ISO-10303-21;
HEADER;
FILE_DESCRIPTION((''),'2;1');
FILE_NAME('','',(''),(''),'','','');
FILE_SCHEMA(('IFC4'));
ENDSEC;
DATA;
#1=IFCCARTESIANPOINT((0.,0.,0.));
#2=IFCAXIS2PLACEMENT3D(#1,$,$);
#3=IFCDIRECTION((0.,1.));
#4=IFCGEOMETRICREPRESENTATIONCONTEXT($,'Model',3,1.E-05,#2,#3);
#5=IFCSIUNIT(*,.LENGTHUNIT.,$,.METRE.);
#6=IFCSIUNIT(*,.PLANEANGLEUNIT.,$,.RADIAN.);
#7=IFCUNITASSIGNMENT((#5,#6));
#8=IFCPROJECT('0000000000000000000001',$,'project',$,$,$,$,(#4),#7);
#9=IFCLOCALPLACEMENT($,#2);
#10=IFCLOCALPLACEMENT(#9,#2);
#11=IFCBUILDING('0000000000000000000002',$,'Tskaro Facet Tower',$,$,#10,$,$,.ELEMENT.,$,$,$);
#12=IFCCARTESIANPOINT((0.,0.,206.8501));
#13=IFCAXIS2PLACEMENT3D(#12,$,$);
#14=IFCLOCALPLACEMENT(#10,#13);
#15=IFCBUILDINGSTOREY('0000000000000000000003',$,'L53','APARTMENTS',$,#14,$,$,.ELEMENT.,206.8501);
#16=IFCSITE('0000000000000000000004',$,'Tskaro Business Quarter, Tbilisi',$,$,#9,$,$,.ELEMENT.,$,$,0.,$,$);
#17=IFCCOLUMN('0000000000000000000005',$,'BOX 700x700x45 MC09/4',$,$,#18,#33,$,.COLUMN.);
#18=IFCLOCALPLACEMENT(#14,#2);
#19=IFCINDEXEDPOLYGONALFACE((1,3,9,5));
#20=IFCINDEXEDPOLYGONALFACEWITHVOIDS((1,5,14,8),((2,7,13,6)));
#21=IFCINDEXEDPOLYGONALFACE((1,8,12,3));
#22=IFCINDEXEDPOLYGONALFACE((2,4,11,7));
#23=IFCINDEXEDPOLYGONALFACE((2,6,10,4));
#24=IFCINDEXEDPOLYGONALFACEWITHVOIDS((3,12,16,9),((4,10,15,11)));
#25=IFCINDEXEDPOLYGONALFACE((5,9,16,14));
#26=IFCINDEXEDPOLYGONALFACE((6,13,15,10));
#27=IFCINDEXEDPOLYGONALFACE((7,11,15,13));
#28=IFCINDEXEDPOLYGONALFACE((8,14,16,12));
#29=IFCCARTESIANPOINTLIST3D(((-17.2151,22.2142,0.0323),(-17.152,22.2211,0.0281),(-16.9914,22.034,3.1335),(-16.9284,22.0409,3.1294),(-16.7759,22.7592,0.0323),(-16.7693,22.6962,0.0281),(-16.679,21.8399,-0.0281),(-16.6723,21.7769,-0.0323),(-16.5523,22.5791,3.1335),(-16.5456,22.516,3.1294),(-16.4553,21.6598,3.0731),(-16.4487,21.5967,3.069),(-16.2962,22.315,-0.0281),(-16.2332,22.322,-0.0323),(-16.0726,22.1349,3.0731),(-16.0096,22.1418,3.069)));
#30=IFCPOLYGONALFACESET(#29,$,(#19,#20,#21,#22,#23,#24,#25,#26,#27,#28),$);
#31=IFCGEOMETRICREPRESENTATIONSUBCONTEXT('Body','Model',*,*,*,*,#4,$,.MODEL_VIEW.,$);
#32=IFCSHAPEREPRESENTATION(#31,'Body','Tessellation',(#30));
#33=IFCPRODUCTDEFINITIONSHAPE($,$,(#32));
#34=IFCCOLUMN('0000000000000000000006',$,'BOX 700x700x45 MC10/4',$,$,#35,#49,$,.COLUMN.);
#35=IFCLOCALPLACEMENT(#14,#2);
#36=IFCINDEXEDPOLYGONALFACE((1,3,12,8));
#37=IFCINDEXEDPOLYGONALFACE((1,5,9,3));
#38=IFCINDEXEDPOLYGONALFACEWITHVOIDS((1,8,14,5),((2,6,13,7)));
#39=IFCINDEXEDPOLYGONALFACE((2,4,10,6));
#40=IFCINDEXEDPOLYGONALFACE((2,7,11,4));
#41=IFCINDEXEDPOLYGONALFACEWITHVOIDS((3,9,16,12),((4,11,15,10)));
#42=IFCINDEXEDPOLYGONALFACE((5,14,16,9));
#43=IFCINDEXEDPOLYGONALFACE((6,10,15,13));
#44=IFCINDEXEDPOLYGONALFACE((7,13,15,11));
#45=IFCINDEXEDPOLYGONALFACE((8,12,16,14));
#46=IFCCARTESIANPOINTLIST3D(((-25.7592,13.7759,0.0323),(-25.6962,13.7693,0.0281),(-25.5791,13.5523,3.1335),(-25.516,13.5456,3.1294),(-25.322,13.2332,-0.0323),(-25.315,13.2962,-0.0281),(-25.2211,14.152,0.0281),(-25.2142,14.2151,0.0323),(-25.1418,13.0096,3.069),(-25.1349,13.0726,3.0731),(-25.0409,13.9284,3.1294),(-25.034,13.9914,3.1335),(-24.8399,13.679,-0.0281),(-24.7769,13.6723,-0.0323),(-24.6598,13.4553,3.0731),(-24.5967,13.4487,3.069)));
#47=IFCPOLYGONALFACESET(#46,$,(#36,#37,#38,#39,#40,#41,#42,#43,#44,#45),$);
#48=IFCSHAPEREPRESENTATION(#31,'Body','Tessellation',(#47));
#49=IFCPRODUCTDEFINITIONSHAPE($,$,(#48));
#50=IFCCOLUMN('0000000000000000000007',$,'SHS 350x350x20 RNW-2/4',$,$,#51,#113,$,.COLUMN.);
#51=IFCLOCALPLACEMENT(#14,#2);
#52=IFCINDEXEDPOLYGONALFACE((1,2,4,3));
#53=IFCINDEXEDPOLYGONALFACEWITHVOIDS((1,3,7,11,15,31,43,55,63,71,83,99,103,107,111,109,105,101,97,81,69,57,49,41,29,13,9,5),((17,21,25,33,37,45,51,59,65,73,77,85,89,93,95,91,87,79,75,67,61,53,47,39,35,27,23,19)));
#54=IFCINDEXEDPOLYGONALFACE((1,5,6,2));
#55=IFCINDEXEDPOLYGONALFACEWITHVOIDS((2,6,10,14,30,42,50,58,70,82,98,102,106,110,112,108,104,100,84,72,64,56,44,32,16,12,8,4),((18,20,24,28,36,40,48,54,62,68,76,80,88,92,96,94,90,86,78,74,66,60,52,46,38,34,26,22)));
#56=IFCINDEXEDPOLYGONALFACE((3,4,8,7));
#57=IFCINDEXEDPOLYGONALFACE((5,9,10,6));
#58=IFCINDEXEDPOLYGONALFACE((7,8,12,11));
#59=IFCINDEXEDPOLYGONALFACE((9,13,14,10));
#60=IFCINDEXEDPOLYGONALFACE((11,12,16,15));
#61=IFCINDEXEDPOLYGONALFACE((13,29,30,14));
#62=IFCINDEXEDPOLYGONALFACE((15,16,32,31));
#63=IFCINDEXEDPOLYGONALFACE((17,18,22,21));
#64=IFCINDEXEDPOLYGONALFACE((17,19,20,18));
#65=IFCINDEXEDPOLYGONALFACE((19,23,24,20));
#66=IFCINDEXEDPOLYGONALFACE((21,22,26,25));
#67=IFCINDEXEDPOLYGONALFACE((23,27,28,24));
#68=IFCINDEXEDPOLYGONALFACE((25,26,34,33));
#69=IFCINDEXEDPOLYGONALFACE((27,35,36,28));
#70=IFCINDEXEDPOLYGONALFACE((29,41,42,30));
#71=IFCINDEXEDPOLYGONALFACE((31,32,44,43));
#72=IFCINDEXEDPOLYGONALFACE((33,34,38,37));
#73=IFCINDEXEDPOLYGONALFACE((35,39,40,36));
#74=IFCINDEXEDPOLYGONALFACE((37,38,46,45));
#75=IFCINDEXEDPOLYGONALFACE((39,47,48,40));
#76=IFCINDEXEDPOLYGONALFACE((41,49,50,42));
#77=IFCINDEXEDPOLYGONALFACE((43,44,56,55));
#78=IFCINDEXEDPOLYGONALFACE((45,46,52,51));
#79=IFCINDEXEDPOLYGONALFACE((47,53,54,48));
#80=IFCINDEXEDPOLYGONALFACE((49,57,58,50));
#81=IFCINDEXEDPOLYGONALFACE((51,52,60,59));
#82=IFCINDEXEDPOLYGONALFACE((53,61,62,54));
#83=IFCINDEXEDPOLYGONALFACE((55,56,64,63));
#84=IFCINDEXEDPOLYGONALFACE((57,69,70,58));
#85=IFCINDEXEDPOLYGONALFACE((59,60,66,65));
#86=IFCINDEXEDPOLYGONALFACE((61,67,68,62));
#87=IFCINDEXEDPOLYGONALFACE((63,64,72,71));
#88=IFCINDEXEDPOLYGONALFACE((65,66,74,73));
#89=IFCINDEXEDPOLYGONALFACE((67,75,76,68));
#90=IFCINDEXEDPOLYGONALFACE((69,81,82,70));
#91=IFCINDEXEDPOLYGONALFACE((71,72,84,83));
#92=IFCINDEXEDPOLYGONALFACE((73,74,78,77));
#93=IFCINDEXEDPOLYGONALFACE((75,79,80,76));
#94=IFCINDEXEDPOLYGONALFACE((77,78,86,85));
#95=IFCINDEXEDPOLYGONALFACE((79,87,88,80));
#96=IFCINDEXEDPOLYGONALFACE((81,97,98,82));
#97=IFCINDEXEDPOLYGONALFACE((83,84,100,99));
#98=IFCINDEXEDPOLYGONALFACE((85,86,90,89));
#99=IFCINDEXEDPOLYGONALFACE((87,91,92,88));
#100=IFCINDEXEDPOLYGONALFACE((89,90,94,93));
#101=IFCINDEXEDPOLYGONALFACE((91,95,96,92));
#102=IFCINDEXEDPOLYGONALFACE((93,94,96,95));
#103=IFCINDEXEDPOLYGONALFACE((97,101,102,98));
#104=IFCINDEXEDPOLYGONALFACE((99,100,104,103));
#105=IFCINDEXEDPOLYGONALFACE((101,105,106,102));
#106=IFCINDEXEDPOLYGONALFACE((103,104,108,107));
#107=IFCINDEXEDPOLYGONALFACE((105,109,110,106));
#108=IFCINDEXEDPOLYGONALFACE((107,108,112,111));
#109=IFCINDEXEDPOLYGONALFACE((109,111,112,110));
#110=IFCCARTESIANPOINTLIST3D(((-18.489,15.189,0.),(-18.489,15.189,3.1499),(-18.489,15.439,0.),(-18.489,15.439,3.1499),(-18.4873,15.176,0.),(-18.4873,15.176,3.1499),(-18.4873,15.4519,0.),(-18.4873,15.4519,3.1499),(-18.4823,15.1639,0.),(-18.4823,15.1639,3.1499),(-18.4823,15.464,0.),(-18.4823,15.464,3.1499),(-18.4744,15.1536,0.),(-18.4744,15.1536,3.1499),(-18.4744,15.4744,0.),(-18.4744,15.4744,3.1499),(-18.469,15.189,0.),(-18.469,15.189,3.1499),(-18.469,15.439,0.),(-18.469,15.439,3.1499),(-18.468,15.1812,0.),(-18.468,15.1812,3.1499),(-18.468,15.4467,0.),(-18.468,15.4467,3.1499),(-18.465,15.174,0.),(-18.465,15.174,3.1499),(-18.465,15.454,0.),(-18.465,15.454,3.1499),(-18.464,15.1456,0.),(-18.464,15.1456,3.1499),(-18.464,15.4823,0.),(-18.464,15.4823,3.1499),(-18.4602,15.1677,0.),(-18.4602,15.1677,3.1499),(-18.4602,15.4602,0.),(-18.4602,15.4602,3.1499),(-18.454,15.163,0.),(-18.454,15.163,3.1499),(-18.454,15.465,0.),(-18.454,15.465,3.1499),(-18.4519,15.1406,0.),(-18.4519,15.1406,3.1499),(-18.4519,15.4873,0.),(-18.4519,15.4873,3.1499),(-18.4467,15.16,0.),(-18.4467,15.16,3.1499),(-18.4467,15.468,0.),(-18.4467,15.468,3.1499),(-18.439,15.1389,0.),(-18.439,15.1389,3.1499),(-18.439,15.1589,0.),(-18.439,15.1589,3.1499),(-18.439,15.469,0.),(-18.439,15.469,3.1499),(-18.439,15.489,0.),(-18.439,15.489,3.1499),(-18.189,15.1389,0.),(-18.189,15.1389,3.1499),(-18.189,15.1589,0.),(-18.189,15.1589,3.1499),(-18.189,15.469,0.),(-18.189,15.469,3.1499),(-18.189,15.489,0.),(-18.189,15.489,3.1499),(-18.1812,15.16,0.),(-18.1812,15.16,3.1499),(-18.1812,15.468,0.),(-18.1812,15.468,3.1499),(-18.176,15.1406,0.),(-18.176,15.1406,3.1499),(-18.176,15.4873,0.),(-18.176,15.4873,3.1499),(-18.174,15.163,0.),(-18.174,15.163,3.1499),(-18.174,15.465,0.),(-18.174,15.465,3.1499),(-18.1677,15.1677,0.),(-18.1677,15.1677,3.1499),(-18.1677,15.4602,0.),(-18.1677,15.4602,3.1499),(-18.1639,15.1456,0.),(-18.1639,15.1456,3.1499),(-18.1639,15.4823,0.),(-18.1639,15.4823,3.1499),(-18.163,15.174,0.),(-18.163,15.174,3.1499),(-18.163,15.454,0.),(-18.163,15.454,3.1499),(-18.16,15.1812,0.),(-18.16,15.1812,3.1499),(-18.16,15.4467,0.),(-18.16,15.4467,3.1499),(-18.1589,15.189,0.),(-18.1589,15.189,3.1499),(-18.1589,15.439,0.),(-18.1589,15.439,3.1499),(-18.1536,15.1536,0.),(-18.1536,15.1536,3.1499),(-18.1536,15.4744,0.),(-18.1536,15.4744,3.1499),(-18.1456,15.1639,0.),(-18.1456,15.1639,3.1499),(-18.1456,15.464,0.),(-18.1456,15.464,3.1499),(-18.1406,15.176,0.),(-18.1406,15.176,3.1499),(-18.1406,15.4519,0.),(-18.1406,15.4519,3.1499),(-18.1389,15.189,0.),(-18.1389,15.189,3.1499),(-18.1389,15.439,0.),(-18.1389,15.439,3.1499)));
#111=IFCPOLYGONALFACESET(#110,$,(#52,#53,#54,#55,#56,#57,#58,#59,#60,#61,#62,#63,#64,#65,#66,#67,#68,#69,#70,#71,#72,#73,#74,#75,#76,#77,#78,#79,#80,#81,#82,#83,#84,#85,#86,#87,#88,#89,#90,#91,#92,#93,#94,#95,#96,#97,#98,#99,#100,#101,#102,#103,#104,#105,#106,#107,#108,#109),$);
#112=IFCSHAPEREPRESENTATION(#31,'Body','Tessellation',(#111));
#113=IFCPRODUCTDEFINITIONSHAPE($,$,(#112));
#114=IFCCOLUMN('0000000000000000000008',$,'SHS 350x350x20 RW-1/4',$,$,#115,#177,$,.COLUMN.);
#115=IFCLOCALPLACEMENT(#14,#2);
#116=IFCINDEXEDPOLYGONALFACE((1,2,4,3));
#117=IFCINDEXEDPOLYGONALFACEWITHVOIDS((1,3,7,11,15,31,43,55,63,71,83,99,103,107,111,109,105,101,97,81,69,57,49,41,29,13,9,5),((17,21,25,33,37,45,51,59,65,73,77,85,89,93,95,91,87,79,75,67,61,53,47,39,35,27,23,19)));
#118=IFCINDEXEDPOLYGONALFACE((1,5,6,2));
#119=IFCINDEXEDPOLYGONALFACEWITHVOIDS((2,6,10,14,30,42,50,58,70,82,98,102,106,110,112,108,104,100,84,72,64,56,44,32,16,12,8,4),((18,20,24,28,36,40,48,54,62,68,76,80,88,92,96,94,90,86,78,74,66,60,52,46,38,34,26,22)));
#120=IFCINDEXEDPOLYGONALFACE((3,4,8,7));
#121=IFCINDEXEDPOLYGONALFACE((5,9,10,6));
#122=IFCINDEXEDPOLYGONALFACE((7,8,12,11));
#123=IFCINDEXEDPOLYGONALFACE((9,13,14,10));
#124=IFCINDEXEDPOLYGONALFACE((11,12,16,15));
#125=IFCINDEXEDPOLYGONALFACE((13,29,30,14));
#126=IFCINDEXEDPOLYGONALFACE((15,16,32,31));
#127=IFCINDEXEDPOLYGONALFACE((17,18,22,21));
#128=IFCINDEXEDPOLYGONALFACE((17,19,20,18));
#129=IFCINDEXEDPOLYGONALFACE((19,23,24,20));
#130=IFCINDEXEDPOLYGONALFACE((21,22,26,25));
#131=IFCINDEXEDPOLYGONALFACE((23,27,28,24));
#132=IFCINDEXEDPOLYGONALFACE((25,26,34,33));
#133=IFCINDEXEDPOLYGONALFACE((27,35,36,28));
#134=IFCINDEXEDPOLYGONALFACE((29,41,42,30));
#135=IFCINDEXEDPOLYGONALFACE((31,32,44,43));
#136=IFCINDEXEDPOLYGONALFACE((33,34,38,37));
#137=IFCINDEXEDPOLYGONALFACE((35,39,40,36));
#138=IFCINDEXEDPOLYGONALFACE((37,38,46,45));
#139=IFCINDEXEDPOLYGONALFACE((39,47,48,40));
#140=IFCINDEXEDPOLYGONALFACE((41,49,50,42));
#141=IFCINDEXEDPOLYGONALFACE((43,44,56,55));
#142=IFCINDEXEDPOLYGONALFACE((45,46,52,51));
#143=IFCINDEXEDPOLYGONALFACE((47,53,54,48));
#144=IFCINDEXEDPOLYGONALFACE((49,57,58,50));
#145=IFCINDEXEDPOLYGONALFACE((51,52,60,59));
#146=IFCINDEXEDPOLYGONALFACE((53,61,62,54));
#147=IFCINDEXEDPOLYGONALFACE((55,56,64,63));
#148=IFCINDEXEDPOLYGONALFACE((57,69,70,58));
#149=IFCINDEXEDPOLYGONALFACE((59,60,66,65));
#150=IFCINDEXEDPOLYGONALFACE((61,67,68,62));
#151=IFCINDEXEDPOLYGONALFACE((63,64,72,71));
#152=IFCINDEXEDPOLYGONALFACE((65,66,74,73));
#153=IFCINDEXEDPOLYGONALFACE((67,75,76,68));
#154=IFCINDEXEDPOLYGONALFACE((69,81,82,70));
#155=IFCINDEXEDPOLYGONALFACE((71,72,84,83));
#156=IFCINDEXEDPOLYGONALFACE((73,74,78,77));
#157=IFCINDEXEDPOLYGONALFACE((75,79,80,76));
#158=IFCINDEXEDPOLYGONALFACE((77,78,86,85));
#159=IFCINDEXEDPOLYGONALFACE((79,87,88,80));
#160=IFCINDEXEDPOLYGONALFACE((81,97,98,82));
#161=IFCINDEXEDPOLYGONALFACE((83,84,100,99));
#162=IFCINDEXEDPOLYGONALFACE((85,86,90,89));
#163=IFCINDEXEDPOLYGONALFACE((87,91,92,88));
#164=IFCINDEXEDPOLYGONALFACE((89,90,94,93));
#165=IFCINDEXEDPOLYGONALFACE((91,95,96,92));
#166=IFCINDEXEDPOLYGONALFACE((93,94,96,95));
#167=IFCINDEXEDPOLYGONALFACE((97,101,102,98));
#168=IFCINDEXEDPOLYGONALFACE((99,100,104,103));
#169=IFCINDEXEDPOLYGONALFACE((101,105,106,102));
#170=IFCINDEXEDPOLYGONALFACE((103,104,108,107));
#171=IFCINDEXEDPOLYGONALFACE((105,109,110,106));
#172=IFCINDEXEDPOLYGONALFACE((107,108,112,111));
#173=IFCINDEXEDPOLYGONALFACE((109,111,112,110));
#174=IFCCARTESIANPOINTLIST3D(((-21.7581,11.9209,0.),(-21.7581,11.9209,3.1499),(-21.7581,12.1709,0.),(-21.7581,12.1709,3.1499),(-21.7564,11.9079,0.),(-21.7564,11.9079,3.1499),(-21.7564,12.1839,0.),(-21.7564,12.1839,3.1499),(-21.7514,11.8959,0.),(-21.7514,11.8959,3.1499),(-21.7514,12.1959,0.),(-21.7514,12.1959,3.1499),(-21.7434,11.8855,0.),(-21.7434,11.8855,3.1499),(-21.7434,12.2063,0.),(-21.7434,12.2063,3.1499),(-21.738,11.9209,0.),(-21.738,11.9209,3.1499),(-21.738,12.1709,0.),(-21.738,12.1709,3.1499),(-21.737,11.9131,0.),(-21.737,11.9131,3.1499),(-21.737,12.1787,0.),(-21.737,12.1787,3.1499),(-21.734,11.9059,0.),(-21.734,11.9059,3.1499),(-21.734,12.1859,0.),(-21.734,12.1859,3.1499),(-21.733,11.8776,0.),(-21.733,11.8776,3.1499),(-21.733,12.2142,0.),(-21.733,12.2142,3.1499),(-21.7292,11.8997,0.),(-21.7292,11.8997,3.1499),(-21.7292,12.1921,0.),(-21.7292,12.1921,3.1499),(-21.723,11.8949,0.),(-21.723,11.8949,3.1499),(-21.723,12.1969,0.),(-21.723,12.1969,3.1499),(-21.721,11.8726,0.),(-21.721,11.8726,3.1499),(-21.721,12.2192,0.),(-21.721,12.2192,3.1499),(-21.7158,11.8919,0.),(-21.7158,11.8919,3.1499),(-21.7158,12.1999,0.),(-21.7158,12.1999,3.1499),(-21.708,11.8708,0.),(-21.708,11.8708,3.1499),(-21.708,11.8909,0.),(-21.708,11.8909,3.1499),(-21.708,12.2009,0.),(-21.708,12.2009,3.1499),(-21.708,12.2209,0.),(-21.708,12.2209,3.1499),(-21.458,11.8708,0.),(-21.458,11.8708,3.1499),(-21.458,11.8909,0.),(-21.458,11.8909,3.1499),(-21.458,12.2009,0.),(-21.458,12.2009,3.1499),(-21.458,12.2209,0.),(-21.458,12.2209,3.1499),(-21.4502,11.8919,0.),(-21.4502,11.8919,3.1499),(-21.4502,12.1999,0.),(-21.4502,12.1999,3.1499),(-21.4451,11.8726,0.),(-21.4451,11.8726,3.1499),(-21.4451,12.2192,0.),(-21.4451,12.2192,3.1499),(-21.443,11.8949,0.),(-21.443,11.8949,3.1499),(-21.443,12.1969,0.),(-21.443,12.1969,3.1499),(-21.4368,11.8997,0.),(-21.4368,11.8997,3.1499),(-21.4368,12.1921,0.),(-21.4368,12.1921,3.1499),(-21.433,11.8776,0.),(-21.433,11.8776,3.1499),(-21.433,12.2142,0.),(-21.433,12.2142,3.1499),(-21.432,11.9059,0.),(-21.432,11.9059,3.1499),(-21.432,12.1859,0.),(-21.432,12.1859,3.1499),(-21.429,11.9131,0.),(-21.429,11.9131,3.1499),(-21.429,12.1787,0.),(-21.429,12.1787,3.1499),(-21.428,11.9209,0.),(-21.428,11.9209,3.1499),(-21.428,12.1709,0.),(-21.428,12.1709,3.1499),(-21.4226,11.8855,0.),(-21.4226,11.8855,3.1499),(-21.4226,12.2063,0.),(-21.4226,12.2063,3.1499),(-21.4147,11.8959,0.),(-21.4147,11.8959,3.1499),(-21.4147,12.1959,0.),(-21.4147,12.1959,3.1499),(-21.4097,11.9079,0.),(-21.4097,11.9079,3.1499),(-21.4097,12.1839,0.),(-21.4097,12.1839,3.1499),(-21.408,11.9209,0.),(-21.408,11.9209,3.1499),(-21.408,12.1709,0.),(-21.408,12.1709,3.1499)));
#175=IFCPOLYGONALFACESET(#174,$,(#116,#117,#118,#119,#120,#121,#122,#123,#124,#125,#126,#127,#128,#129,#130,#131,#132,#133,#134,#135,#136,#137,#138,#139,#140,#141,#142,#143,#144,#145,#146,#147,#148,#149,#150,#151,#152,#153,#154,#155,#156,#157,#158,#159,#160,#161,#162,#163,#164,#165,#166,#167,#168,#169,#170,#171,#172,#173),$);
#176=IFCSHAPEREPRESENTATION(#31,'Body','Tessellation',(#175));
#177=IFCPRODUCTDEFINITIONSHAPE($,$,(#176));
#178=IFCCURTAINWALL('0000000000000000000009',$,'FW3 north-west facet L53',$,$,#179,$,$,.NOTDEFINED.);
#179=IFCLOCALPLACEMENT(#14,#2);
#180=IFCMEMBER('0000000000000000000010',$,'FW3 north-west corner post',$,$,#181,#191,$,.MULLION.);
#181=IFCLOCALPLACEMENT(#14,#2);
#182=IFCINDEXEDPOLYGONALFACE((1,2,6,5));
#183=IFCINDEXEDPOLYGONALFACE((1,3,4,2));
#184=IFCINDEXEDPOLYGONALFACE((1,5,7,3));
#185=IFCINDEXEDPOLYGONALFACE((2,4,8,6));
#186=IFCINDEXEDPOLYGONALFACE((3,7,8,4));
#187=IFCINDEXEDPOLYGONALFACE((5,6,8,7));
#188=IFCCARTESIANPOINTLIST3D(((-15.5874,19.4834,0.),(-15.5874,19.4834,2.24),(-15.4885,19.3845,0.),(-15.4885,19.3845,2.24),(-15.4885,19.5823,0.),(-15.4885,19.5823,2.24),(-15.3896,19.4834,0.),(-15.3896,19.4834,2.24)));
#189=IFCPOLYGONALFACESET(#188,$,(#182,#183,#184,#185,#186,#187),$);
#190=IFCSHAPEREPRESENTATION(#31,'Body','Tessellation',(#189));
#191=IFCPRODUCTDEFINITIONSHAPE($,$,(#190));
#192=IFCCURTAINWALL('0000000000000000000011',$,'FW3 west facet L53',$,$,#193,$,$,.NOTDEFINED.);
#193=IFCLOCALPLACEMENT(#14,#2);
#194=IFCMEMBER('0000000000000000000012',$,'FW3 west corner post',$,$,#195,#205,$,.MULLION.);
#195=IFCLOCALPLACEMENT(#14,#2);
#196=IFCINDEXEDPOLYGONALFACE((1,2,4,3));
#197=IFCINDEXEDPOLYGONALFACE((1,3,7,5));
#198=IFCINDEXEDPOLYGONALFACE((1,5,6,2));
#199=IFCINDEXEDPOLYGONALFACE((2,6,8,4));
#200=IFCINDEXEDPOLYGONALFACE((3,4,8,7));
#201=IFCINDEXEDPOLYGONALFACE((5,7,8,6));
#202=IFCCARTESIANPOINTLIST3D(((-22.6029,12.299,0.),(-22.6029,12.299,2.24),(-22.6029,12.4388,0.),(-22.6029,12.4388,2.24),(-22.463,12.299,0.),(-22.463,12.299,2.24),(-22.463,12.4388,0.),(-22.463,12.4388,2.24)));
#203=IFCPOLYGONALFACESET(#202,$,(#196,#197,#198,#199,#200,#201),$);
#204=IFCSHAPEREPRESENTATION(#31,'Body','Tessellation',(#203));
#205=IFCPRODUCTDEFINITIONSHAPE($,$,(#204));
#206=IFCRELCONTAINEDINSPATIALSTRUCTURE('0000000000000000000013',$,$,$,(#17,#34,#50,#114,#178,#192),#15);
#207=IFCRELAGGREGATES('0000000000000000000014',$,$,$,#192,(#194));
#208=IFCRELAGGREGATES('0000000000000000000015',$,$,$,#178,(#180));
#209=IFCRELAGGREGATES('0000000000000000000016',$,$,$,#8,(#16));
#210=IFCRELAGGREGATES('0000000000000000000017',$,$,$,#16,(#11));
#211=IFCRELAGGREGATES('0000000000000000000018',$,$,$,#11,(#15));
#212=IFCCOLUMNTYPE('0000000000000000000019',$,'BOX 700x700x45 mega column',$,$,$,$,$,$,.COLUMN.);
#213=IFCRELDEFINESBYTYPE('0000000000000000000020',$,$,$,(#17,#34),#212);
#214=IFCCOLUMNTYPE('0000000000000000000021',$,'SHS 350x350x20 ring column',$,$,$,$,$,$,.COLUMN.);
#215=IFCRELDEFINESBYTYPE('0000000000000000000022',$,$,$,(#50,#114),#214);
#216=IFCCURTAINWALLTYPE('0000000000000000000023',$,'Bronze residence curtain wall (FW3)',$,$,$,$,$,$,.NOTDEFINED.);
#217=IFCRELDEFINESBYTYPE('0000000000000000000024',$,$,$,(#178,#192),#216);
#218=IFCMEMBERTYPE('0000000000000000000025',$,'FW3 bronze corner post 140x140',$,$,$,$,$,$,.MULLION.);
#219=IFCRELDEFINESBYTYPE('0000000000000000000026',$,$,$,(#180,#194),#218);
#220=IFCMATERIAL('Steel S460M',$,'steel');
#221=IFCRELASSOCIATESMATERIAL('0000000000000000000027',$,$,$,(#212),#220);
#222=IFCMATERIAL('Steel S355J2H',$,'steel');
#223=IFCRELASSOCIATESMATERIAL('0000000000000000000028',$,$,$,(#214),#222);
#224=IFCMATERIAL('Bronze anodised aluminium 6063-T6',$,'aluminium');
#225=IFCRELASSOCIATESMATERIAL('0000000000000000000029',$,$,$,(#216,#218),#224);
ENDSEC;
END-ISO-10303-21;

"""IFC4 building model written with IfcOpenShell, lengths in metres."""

from ifc_helpers import new_model, si_unit, direction, frame, origin, origin_2d, place, context, subcontext, project, spatial, rectangle, hollow_rectangle, extrude, material, material_profile, profile_set, type_object, element, aggregate, save


model = new_model("IFC4")

# Units and contexts
model_context = context("Model", 3, precision=1e-05, world=origin(), true_north=direction((0.0, 1.0)))
body_context = subcontext(model_context, "Body", "Model", "MODEL_VIEW")
ifc_project = project(units=[si_unit("LENGTHUNIT", "METRE"), si_unit("PLANEANGLEUNIT", "RADIAN")], contexts=[model_context])

# Site, building, storey
site_placement = place(None, origin())
site = spatial("IfcSite", under=ifc_project, at=site_placement, Name="Tskaro Business Quarter, Tbilisi", CompositionType="ELEMENT", RefElevation=0.0)
building_placement = place(site_placement, origin())
building = spatial("IfcBuilding", under=site, at=building_placement, Name="Tskaro Facet Tower", CompositionType="ELEMENT")
storey_placement = place(building_placement, frame((0.0, 0.0, 206.8501)))
storey = spatial("IfcBuildingStorey", under=building, at=storey_placement, Name="L53", Description="APARTMENTS", CompositionType="ELEMENT", Elevation=206.8501)

# Columns
ifc_material_1 = material(Name="Steel S460M", Category="steel")
ifc_material_profile_1 = material_profile(ifc_material_1, hollow_rectangle(XDim=0.7, YDim=0.7, WallThickness=0.0449, at=origin_2d()), Name="BOX 700x700x45")
ifc_profile_set_1 = profile_set([ifc_material_profile_1], Name="Steel S460M")
column_type_1 = type_object("IfcColumnType", Name="BOX 700x700x45 mega column", PredefinedType="COLUMN", material=ifc_profile_set_1)
for number, where, z_axis, x_axis, name in (
    (1, (-16.7241, 22.2681, 0.0), (0.071802, -0.057849, 0.99574), (0.627387, 0.778708, 0.0), "BOX 700x700x45 MC09/4"),
    (2, (-25.2681, 13.7241, 0.0), (0.057849, -0.071802, 0.99574), (0.778708, 0.627387, 0.0), "BOX 700x700x45 MC10/4"),
):
    element("IfcColumn", number, at=place(storey_placement, frame(where, z_axis=z_axis, x_axis=x_axis)), inside=storey, type_object=column_type_1, Name=name, PredefinedType="COLUMN", context=body_context, shape_type="SweptSolid", body=[
        extrude(hollow_rectangle(XDim=0.7, YDim=0.7, WallThickness=0.0449, at=origin_2d()), origin(), (0.0, 0.0, 1.0), 3.1145),
    ])
ifc_material_2 = material(Name="Steel S355J2H", Category="steel")
ifc_material_profile_2 = material_profile(ifc_material_2, hollow_rectangle(XDim=0.3501, YDim=0.3501, WallThickness=0.02, InnerFilletRadius=0.03, OuterFilletRadius=0.05, at=origin_2d()), Name="SHS 350x350x20")
ifc_profile_set_2 = profile_set([ifc_material_profile_2], Name="Steel S355J2H")
column_type_2 = type_object("IfcColumnType", Name="SHS 350x350x20 ring column", PredefinedType="COLUMN", material=ifc_profile_set_2)
for number, where, z_axis, x_axis, name in (
    (3, (-18.314, 15.314, 0.0), (0.0, 0.0, 1.0), (1.0, 0.0, 0.0), "SHS 350x350x20 RNW-2/4"),
    (4, (-21.583, 12.0459, 0.0), (0.0, 0.0, 1.0), (1.0, 0.0, 0.0), "SHS 350x350x20 RW-1/4"),
):
    element("IfcColumn", number, at=place(storey_placement, frame(where, z_axis=z_axis, x_axis=x_axis)), inside=storey, type_object=column_type_2, Name=name, PredefinedType="COLUMN", context=body_context, shape_type="SweptSolid", body=[
        extrude(hollow_rectangle(XDim=0.3501, YDim=0.3501, WallThickness=0.02, InnerFilletRadius=0.03, OuterFilletRadius=0.05, at=origin_2d()), origin(), (0.0, 0.0, 1.0), 3.1499),
    ])

# Curtain walls, members
ifc_material_3 = material(Name="Bronze anodised aluminium 6063-T6", Category="aluminium")
curtain_wall_type = type_object("IfcCurtainWallType", Name="Bronze residence curtain wall (FW3)", PredefinedType="NOTDEFINED", material=ifc_material_3)
curtain_wall_1_placement = place(storey_placement, origin())
curtain_wall_1 = element("IfcCurtainWall", 5, at=curtain_wall_1_placement, inside=storey, type_object=curtain_wall_type, Name="FW3 north-west facet L53", PredefinedType="NOTDEFINED")
ifc_material_profile_3 = material_profile(ifc_material_3, rectangle(XDim=0.1399, YDim=0.1399, at=origin_2d()), Name="Corner post 140x140")
ifc_profile_set_3 = profile_set([ifc_material_profile_3], Name="Bronze anodised aluminium 6063-T6")
member_type_1 = type_object("IfcMemberType", Name="FW3 bronze corner post 140x140", PredefinedType="MULLION", material=ifc_profile_set_3)
member_1_placement = place(storey_placement, frame((-15.4885, 19.4834, 0.0), z_axis=(0.0, 0.0, 1.0), x_axis=(-0.707107, -0.707107, 0.0)))
member_1 = element("IfcMember", 6, at=member_1_placement, type_object=member_type_1, Name="FW3 north-west corner post", PredefinedType="MULLION", context=body_context, shape_type="SweptSolid", body=[
    extrude(rectangle(XDim=0.1399, YDim=0.1399, at=origin_2d()), origin(), (0.0, 0.0, 1.0), 2.24),
])
curtain_wall_2_placement = place(storey_placement, origin())
curtain_wall_2 = element("IfcCurtainWall", 7, at=curtain_wall_2_placement, inside=storey, type_object=curtain_wall_type, Name="FW3 west facet L53", PredefinedType="NOTDEFINED")
member_2_placement = place(storey_placement, frame((-22.533, 12.3689, 0.0), z_axis=(0.0, 0.0, 1.0), x_axis=(0.0, -1.0, 0.0)))
member_2 = element("IfcMember", 8, at=member_2_placement, type_object=member_type_1, Name="FW3 west corner post", PredefinedType="MULLION", context=body_context, shape_type="SweptSolid", body=[
    extrude(rectangle(XDim=0.1399, YDim=0.1399, at=origin_2d()), origin(), (0.0, 0.0, 1.0), 2.24),
])

aggregate(curtain_wall_2, [member_2])

aggregate(curtain_wall_1, [member_1])

save(model, "model.ifc")
